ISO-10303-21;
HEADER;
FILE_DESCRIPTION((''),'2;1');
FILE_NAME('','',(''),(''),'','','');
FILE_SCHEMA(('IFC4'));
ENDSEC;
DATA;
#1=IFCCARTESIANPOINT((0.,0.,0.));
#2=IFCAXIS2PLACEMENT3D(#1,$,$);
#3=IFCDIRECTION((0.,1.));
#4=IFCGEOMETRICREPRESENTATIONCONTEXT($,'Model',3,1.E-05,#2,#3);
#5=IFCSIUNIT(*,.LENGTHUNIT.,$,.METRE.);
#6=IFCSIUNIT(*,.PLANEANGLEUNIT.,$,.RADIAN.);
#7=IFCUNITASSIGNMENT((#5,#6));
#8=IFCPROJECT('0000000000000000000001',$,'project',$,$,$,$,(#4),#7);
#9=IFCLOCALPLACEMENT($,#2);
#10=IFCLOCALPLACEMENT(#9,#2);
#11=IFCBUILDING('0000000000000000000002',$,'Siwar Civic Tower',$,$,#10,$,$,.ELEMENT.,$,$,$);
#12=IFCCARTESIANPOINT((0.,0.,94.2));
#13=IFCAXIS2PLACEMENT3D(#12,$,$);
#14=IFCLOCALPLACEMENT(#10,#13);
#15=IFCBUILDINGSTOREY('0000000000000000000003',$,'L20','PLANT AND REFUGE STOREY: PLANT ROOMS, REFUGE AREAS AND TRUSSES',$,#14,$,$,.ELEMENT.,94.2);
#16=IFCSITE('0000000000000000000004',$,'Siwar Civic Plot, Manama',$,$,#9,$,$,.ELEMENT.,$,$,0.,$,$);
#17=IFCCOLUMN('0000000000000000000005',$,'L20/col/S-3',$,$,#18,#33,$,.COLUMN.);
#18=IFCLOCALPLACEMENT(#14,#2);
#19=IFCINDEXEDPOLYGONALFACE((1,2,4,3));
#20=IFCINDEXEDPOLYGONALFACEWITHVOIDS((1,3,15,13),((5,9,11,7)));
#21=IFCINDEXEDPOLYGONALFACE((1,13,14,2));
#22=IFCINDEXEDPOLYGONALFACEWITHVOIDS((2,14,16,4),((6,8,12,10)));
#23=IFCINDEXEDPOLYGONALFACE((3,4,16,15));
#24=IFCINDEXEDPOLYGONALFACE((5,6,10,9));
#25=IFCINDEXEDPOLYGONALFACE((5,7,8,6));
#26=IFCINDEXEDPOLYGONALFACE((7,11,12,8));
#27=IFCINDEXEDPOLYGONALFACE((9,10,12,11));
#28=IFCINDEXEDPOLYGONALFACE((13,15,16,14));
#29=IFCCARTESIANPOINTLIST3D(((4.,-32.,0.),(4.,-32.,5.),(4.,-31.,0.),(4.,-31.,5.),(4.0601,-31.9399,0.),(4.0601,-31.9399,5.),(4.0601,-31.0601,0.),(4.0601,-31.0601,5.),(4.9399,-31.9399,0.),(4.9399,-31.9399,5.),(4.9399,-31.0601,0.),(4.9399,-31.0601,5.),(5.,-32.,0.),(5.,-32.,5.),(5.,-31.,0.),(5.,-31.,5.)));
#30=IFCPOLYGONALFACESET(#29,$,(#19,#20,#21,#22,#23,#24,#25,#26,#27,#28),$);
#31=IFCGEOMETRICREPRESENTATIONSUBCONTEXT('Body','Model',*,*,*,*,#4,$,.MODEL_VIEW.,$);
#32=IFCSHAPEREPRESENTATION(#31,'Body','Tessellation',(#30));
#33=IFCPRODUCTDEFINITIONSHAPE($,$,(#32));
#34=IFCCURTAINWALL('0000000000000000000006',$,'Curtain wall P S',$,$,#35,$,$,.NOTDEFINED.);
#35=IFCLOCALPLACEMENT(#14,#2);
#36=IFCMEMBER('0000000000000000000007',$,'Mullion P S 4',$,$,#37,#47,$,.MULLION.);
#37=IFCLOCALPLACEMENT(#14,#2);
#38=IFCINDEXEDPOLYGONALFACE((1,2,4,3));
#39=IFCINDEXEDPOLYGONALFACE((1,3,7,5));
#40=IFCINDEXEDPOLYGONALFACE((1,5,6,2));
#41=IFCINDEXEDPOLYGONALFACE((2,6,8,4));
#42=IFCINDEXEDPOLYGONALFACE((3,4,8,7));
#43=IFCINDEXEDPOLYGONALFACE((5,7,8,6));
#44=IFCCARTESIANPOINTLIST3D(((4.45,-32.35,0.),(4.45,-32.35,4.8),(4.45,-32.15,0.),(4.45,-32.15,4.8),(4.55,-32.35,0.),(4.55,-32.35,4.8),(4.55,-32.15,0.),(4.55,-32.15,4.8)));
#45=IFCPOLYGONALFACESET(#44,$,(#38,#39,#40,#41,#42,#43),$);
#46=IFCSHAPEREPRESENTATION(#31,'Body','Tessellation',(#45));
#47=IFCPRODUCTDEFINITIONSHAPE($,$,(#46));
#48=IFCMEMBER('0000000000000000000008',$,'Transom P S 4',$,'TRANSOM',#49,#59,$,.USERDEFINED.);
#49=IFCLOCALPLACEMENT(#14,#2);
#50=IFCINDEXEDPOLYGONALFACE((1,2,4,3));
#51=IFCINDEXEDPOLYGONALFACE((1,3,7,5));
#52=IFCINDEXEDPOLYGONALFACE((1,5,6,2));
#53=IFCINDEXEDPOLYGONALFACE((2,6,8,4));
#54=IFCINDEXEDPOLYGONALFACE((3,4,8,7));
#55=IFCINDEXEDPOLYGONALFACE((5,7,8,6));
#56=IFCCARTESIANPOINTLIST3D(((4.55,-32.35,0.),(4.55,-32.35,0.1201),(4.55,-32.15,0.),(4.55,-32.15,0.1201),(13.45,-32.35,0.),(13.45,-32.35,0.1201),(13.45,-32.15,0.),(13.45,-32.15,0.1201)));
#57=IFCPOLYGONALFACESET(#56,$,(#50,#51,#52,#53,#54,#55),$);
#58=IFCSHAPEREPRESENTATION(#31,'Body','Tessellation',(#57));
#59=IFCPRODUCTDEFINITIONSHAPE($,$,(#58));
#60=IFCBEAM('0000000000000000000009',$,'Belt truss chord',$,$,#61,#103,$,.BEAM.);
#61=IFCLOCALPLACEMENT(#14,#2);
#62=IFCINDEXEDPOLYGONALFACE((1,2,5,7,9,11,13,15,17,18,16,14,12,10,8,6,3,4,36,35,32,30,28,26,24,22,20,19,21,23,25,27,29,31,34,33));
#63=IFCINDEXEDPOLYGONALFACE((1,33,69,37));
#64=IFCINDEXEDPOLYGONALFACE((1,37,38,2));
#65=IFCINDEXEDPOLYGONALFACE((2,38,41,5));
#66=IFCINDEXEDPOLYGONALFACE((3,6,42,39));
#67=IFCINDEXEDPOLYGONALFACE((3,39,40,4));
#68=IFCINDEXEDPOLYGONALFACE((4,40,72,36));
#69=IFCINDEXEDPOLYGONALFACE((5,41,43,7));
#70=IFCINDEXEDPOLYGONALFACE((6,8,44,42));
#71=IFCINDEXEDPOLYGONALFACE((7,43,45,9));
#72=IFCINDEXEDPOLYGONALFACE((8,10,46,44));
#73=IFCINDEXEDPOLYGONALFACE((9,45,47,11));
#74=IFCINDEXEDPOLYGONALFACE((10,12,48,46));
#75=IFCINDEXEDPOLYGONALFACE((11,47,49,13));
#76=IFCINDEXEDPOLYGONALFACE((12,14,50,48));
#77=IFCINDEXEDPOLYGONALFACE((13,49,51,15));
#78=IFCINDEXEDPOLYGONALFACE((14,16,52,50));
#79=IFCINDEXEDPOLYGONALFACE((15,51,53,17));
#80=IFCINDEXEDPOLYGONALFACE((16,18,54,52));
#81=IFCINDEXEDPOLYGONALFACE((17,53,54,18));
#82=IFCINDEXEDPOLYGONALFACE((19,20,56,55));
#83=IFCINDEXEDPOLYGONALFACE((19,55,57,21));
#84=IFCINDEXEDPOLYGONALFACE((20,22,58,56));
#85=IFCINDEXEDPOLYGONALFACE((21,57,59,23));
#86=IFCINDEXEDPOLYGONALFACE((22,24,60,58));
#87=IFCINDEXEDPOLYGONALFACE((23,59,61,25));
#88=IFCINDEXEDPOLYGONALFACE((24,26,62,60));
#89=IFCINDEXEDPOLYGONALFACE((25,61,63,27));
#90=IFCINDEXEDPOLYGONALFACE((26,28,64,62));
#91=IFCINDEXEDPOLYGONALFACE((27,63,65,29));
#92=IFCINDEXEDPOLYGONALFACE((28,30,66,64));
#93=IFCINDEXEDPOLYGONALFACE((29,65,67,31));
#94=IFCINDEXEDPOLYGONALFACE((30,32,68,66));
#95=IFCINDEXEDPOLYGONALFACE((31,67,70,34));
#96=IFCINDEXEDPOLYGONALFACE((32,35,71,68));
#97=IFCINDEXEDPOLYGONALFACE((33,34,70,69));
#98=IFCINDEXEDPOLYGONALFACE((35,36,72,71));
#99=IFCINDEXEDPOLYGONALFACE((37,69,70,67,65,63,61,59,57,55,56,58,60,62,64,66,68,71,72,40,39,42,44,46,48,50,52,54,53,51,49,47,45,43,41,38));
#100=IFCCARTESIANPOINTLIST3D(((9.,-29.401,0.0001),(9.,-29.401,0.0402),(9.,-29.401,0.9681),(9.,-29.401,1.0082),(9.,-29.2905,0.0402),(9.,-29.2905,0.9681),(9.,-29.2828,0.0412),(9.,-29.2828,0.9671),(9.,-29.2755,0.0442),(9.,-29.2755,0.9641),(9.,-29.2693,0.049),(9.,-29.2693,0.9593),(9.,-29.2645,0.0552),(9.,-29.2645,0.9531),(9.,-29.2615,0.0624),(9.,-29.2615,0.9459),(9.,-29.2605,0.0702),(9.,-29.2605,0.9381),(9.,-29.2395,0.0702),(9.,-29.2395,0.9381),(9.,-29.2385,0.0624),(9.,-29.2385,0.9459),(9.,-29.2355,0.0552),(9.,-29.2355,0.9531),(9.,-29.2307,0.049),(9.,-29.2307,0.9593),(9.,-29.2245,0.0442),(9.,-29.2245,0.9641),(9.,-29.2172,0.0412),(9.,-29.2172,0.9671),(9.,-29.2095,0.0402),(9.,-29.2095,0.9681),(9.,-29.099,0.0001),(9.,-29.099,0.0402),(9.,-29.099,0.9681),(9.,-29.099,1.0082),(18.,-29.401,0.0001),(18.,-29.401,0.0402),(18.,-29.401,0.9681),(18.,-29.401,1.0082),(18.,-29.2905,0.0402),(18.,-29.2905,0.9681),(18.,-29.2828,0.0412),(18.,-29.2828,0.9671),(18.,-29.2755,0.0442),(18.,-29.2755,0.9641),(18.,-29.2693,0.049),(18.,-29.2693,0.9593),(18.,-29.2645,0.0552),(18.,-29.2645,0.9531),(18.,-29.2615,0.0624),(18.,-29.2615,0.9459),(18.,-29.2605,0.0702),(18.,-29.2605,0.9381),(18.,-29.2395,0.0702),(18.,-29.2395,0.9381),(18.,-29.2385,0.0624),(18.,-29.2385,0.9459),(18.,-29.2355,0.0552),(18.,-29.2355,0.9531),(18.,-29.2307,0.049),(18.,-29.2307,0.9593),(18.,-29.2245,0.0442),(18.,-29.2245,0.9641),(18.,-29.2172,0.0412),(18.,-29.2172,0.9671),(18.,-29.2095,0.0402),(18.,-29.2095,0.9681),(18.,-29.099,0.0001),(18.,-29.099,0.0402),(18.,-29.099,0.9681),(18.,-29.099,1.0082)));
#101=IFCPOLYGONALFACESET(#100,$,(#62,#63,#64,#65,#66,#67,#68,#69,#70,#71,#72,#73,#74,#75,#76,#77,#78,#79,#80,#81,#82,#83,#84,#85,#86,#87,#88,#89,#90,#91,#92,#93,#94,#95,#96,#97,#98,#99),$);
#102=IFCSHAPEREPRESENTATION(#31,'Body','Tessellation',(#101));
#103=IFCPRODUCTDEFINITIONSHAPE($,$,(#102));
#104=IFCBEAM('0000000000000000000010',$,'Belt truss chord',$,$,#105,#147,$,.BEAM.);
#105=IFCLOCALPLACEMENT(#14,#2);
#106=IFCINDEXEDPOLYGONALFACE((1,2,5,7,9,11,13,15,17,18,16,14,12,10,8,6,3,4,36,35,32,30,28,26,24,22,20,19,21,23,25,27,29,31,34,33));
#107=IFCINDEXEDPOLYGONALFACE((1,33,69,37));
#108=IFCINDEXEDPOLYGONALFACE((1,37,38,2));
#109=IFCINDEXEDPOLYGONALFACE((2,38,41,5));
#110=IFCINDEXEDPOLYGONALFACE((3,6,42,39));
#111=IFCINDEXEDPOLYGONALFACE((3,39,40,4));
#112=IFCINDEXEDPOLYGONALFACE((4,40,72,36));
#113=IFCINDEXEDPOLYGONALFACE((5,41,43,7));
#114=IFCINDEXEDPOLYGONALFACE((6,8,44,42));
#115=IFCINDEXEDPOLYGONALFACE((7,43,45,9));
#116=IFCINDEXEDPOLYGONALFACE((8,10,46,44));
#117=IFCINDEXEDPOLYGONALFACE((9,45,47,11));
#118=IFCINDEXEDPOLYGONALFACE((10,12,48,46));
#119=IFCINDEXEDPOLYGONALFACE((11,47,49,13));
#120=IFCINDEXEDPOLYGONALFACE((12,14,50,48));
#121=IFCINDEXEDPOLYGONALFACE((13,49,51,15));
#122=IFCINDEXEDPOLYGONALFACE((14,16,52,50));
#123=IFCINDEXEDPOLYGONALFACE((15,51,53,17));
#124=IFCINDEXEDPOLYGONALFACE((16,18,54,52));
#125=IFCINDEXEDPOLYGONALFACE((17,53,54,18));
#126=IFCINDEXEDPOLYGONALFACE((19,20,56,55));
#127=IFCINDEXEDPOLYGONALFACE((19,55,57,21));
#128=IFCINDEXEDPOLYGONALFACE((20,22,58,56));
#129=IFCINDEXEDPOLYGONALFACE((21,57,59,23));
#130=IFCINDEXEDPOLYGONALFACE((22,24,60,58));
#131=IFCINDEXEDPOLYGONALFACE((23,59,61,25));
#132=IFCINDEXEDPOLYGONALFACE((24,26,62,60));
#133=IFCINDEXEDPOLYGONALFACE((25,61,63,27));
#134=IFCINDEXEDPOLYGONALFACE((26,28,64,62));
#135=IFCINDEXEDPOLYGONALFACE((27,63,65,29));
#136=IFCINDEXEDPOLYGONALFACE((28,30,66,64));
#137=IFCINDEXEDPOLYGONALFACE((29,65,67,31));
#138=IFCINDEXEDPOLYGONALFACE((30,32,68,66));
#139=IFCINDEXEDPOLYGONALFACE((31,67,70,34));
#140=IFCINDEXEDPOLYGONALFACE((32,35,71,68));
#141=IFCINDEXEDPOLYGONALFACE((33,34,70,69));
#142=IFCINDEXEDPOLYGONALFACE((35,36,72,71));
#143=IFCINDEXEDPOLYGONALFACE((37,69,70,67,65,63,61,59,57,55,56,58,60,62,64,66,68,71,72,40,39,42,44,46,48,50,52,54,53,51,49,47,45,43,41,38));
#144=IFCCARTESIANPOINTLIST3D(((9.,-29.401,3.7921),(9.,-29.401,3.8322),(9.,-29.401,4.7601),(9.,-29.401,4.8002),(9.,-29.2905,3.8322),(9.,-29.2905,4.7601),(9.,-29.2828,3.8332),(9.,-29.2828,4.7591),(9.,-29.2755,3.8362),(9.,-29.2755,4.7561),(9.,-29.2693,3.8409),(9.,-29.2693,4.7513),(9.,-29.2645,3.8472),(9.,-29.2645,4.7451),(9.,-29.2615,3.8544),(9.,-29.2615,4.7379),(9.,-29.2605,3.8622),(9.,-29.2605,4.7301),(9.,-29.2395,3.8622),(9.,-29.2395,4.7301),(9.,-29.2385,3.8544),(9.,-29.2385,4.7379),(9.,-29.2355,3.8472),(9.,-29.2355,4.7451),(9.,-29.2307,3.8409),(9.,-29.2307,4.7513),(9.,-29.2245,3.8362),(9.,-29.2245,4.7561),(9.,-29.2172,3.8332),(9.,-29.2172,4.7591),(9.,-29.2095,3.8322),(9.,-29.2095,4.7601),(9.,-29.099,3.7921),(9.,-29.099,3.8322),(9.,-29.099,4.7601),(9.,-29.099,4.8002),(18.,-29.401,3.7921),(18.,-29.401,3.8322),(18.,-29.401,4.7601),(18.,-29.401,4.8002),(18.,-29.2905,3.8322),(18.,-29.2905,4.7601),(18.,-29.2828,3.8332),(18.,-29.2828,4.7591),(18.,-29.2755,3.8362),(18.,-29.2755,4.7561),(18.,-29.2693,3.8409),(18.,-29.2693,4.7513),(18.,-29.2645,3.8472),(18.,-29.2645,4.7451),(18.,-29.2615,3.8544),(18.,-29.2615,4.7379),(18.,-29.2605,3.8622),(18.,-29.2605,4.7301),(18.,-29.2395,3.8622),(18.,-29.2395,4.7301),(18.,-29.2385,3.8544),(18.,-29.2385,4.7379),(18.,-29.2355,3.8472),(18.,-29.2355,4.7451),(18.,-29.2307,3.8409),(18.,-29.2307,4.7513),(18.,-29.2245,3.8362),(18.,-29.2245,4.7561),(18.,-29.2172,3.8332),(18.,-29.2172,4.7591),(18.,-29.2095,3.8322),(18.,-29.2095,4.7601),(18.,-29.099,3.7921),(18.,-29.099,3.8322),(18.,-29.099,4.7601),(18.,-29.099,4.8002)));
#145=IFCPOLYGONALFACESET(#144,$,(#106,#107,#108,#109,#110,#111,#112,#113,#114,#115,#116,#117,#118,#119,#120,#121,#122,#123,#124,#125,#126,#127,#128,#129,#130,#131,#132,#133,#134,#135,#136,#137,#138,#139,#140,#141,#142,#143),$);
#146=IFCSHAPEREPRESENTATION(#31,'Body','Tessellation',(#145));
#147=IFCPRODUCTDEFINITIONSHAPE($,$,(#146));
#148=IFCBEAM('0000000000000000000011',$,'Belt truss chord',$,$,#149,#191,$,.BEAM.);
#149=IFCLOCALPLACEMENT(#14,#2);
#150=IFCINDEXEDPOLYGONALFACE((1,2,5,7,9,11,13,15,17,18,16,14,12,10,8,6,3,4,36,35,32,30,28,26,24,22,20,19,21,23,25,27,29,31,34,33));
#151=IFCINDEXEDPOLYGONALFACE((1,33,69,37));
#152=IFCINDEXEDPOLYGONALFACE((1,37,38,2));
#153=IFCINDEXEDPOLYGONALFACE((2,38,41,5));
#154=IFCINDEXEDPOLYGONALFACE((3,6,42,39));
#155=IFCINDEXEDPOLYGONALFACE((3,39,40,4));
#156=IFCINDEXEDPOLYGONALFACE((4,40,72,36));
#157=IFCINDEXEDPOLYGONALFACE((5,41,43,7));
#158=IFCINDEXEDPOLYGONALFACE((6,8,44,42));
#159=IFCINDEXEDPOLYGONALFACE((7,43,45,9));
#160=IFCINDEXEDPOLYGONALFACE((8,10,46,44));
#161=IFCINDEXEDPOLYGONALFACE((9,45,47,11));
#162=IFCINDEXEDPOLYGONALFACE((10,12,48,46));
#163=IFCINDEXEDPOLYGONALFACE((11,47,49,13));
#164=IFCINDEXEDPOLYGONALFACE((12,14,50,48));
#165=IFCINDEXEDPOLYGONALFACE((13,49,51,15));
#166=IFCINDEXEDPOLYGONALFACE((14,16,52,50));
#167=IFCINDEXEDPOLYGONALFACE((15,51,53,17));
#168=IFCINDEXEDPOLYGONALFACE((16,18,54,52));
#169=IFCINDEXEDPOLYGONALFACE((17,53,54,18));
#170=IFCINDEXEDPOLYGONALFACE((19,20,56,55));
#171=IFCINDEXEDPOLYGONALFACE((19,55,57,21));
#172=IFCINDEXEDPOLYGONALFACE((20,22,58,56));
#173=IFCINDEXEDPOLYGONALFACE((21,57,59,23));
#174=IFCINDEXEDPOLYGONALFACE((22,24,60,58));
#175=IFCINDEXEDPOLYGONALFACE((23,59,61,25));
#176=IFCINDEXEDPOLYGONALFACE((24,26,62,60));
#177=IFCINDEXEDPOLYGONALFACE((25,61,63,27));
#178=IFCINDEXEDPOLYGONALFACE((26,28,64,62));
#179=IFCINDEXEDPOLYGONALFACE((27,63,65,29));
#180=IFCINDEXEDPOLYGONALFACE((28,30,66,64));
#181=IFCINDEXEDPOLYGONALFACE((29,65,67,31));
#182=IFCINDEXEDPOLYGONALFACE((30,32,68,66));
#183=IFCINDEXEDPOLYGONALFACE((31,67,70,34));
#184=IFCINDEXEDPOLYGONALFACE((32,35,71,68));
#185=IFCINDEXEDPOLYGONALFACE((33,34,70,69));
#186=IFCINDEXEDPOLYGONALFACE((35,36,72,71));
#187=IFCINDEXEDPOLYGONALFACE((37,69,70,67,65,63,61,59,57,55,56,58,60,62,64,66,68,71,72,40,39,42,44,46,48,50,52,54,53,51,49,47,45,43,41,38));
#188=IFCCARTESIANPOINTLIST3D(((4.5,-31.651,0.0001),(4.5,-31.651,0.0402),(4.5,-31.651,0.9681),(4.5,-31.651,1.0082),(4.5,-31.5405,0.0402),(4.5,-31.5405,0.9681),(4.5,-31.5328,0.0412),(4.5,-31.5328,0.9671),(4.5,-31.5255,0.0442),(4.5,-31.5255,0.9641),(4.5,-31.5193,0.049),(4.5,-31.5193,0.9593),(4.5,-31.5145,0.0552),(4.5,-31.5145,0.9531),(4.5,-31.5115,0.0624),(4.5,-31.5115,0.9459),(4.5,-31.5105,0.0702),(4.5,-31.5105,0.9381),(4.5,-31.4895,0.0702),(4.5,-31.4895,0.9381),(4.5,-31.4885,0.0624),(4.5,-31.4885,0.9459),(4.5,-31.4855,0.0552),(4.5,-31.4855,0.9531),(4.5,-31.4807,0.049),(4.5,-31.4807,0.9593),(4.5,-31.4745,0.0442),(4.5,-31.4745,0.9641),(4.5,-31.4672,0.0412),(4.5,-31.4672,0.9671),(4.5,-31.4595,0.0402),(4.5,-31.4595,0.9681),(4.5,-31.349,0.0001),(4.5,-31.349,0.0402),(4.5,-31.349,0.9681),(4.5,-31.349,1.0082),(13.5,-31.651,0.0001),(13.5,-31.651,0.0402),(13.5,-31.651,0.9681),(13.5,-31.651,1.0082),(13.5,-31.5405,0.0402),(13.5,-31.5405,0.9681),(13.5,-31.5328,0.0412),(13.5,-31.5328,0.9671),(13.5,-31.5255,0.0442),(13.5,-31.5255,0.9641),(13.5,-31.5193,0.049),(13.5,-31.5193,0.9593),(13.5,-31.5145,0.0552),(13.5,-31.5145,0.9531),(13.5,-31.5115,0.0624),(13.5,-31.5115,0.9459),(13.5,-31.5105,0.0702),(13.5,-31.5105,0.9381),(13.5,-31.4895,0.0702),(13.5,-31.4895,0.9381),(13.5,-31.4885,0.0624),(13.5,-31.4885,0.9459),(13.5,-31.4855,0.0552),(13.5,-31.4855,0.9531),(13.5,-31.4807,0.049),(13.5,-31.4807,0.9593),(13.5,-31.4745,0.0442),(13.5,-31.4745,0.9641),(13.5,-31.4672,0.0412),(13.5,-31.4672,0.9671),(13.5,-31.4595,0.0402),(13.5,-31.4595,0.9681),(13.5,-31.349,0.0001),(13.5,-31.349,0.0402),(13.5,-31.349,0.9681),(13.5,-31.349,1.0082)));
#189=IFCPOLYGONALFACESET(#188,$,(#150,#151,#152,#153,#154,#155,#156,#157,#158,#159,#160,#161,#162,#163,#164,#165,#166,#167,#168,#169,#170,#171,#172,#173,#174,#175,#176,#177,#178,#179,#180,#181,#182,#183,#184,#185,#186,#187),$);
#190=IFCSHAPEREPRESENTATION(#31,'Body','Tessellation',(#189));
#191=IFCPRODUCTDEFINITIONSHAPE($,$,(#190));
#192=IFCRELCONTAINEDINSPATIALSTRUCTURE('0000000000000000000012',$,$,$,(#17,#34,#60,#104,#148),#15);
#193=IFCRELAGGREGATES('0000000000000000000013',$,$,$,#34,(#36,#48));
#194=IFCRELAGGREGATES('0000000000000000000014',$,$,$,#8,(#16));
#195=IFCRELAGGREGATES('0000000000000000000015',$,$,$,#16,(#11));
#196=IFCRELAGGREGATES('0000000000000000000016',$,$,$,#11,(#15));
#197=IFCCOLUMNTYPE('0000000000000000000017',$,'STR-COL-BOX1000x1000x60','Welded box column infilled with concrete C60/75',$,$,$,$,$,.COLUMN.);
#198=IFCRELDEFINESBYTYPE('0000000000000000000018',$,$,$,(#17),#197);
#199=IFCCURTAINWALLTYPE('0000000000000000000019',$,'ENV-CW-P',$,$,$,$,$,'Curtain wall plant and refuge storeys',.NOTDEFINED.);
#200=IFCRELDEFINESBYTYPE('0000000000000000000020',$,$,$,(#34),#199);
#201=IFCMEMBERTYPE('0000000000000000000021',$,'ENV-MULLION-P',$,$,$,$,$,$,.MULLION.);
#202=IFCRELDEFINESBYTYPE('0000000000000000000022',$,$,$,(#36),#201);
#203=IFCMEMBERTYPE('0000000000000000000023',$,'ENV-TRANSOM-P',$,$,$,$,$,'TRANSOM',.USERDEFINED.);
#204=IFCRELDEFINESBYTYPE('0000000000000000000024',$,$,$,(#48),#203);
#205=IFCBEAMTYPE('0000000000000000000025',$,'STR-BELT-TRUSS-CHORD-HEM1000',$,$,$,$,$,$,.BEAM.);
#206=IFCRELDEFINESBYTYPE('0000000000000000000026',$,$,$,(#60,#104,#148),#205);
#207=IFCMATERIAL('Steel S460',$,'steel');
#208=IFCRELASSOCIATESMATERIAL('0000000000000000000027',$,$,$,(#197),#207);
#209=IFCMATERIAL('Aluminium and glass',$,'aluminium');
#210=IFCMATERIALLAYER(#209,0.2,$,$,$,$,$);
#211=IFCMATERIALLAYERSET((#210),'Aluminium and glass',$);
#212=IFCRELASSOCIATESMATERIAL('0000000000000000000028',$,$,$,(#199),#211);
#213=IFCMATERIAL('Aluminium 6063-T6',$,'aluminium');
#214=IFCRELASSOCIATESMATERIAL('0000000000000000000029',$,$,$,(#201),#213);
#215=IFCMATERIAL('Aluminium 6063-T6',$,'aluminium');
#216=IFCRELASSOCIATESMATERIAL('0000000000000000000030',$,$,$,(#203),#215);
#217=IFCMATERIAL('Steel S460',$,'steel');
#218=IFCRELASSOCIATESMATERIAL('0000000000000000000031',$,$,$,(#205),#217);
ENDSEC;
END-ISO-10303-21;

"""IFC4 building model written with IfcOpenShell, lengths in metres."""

from ifc_helpers import new_model, si_unit, direction, frame, origin, origin_2d, place, context, subcontext, project, spatial, rectangle, hollow_rectangle, i_section, extrude, material, layer, layer_set, material_profile, profile_set, type_object, element, aggregate, save


model = new_model("IFC4")

# Units and contexts
model_context = context("Model", 3, precision=1e-05, world=origin(), true_north=direction((0.0, 1.0)))
body_context = subcontext(model_context, "Body", "Model", "MODEL_VIEW")
ifc_project = project(units=[si_unit("LENGTHUNIT", "METRE"), si_unit("PLANEANGLEUNIT", "RADIAN")], contexts=[model_context])

# Site, building, storey
site_placement = place(None, origin())
site = spatial("IfcSite", under=ifc_project, at=site_placement, Name="Siwar Civic Plot, Manama", CompositionType="ELEMENT", RefElevation=0.0)
building_placement = place(site_placement, origin())
building = spatial("IfcBuilding", under=site, at=building_placement, Name="Siwar Civic Tower", CompositionType="ELEMENT")
storey_placement = place(building_placement, frame((0.0, 0.0, 94.2)))
storey = spatial("IfcBuildingStorey", under=building, at=storey_placement, Name="L20", Description="PLANT AND REFUGE STOREY: PLANT ROOMS, REFUGE AREAS AND TRUSSES", CompositionType="ELEMENT", Elevation=94.2)

# Column
ifc_material_1 = material(Name="Steel S460", Category="steel")
ifc_material_profile_1 = material_profile(ifc_material_1, hollow_rectangle(XDim=1.0, YDim=1.0, WallThickness=0.0601, at=origin_2d()), Name="BOX1000x1000x60")
ifc_profile_set_1 = profile_set([ifc_material_profile_1], Name="Steel S460")
column_type = type_object("IfcColumnType", Name="STR-COL-BOX1000x1000x60", Description="Welded box column infilled with concrete C60/75", PredefinedType="COLUMN", material=ifc_profile_set_1)
column_placement = place(storey_placement, frame((4.5, -31.5, 0.0), z_axis=(0.0, 0.0, 1.0), x_axis=(1.0, 0.0, 0.0)))
element("IfcColumn", 1, at=column_placement, inside=storey, type_object=column_type, Name="L20/col/S-3", PredefinedType="COLUMN", context=body_context, shape_type="SweptSolid", body=[
    extrude(hollow_rectangle(XDim=1.0, YDim=1.0, WallThickness=0.0601, at=origin_2d()), origin(), (0.0, 0.0, 1.0), 5.0),
])

# Curtain wall, members
ifc_material_2 = material(Name="Aluminium and glass", Category="aluminium")
ifc_layer_1 = layer(ifc_material_2, 0.2)
ifc_layer_set_1 = layer_set([ifc_layer_1], Name="Aluminium and glass")
curtain_wall_type = type_object("IfcCurtainWallType", Name="ENV-CW-P", ElementType="Curtain wall plant and refuge storeys", PredefinedType="NOTDEFINED", material=ifc_layer_set_1)
curtain_wall_placement = place(storey_placement, origin())
curtain_wall = element("IfcCurtainWall", 2, at=curtain_wall_placement, inside=storey, type_object=curtain_wall_type, Name="Curtain wall P S", PredefinedType="NOTDEFINED")
ifc_material_3 = material(Name="Aluminium 6063-T6", Category="aluminium")
ifc_material_profile_2 = material_profile(ifc_material_3, rectangle(XDim=0.2, YDim=0.1001, at=origin_2d()), Name="AL 200x100")
ifc_profile_set_2 = profile_set([ifc_material_profile_2], Name="Aluminium 6063-T6")
member_type_1 = type_object("IfcMemberType", Name="ENV-MULLION-P", PredefinedType="MULLION", material=ifc_profile_set_2)
member_1_placement = place(storey_placement, frame((4.5, -32.25, 0.0), z_axis=(0.0, 0.0, 1.0), x_axis=(0.0, 1.0, 0.0)))
member_1 = element("IfcMember", 3, at=member_1_placement, type_object=member_type_1, Name="Mullion P S 4", PredefinedType="MULLION", context=body_context, shape_type="SweptSolid", body=[
    extrude(rectangle(XDim=0.2, YDim=0.1001, at=origin_2d()), origin(), (0.0, 0.0, 1.0), 4.8),
])
ifc_material_4 = material(Name="Aluminium 6063-T6", Category="aluminium")
ifc_material_profile_3 = material_profile(ifc_material_4, rectangle(XDim=0.2, YDim=0.1201, at=origin_2d()), Name="AL 200x120")
ifc_profile_set_3 = profile_set([ifc_material_profile_3], Name="Aluminium 6063-T6")
member_type_2 = type_object("IfcMemberType", Name="ENV-TRANSOM-P", ElementType="TRANSOM", PredefinedType="USERDEFINED", material=ifc_profile_set_3)
member_2_placement = place(storey_placement, frame((4.55, -32.25, 0.0601), z_axis=(1.0, 0.0, 0.0), x_axis=(0.0, 1.0, 0.0)))
member_2 = element("IfcMember", 4, at=member_2_placement, type_object=member_type_2, Name="Transom P S 4", ObjectType="TRANSOM", PredefinedType="USERDEFINED", context=body_context, shape_type="SweptSolid", body=[
    extrude(rectangle(XDim=0.2, YDim=0.1201, at=origin_2d()), origin(), (0.0, 0.0, 1.0), 8.8999),
])

# Beams
ifc_material_5 = material(Name="Steel S460", Category="steel")
ifc_material_profile_4 = material_profile(ifc_material_5, i_section(OverallWidth=0.302, OverallDepth=1.0081, WebThickness=0.021, FlangeThickness=0.04, FilletRadius=0.03, at=origin_2d()), Name="HEM1000")
ifc_profile_set_4 = profile_set([ifc_material_profile_4], Name="Steel S460")
beam_type_1 = type_object("IfcBeamType", Name="STR-BELT-TRUSS-CHORD-HEM1000", PredefinedType="BEAM", material=ifc_profile_set_4)
for number, where, z_axis, x_axis, name in (
    (5, (9.0, -29.25, 0.5042), (1.0, 0.0, 0.0), (0.0, 1.0, 0.0), "Belt truss chord"),
    (6, (9.0, -29.25, 4.2961), (1.0, 0.0, 0.0), (0.0, 1.0, 0.0), "Belt truss chord"),
    (7, (4.5, -31.5, 0.5042), (1.0, 0.0, 0.0), (0.0, 1.0, 0.0), "Belt truss chord"),
):
    element("IfcBeam", number, at=place(storey_placement, frame(where, z_axis=z_axis, x_axis=x_axis)), inside=storey, type_object=beam_type_1, Name=name, PredefinedType="BEAM", context=body_context, shape_type="SweptSolid", body=[
        extrude(i_section(OverallWidth=0.302, OverallDepth=1.0081, WebThickness=0.021, FlangeThickness=0.04, FilletRadius=0.03, at=origin_2d()), origin(), (0.0, 0.0, 1.0), 9.0),
    ])

aggregate(curtain_wall, [member_1, member_2])

save(model, "model.ifc")
